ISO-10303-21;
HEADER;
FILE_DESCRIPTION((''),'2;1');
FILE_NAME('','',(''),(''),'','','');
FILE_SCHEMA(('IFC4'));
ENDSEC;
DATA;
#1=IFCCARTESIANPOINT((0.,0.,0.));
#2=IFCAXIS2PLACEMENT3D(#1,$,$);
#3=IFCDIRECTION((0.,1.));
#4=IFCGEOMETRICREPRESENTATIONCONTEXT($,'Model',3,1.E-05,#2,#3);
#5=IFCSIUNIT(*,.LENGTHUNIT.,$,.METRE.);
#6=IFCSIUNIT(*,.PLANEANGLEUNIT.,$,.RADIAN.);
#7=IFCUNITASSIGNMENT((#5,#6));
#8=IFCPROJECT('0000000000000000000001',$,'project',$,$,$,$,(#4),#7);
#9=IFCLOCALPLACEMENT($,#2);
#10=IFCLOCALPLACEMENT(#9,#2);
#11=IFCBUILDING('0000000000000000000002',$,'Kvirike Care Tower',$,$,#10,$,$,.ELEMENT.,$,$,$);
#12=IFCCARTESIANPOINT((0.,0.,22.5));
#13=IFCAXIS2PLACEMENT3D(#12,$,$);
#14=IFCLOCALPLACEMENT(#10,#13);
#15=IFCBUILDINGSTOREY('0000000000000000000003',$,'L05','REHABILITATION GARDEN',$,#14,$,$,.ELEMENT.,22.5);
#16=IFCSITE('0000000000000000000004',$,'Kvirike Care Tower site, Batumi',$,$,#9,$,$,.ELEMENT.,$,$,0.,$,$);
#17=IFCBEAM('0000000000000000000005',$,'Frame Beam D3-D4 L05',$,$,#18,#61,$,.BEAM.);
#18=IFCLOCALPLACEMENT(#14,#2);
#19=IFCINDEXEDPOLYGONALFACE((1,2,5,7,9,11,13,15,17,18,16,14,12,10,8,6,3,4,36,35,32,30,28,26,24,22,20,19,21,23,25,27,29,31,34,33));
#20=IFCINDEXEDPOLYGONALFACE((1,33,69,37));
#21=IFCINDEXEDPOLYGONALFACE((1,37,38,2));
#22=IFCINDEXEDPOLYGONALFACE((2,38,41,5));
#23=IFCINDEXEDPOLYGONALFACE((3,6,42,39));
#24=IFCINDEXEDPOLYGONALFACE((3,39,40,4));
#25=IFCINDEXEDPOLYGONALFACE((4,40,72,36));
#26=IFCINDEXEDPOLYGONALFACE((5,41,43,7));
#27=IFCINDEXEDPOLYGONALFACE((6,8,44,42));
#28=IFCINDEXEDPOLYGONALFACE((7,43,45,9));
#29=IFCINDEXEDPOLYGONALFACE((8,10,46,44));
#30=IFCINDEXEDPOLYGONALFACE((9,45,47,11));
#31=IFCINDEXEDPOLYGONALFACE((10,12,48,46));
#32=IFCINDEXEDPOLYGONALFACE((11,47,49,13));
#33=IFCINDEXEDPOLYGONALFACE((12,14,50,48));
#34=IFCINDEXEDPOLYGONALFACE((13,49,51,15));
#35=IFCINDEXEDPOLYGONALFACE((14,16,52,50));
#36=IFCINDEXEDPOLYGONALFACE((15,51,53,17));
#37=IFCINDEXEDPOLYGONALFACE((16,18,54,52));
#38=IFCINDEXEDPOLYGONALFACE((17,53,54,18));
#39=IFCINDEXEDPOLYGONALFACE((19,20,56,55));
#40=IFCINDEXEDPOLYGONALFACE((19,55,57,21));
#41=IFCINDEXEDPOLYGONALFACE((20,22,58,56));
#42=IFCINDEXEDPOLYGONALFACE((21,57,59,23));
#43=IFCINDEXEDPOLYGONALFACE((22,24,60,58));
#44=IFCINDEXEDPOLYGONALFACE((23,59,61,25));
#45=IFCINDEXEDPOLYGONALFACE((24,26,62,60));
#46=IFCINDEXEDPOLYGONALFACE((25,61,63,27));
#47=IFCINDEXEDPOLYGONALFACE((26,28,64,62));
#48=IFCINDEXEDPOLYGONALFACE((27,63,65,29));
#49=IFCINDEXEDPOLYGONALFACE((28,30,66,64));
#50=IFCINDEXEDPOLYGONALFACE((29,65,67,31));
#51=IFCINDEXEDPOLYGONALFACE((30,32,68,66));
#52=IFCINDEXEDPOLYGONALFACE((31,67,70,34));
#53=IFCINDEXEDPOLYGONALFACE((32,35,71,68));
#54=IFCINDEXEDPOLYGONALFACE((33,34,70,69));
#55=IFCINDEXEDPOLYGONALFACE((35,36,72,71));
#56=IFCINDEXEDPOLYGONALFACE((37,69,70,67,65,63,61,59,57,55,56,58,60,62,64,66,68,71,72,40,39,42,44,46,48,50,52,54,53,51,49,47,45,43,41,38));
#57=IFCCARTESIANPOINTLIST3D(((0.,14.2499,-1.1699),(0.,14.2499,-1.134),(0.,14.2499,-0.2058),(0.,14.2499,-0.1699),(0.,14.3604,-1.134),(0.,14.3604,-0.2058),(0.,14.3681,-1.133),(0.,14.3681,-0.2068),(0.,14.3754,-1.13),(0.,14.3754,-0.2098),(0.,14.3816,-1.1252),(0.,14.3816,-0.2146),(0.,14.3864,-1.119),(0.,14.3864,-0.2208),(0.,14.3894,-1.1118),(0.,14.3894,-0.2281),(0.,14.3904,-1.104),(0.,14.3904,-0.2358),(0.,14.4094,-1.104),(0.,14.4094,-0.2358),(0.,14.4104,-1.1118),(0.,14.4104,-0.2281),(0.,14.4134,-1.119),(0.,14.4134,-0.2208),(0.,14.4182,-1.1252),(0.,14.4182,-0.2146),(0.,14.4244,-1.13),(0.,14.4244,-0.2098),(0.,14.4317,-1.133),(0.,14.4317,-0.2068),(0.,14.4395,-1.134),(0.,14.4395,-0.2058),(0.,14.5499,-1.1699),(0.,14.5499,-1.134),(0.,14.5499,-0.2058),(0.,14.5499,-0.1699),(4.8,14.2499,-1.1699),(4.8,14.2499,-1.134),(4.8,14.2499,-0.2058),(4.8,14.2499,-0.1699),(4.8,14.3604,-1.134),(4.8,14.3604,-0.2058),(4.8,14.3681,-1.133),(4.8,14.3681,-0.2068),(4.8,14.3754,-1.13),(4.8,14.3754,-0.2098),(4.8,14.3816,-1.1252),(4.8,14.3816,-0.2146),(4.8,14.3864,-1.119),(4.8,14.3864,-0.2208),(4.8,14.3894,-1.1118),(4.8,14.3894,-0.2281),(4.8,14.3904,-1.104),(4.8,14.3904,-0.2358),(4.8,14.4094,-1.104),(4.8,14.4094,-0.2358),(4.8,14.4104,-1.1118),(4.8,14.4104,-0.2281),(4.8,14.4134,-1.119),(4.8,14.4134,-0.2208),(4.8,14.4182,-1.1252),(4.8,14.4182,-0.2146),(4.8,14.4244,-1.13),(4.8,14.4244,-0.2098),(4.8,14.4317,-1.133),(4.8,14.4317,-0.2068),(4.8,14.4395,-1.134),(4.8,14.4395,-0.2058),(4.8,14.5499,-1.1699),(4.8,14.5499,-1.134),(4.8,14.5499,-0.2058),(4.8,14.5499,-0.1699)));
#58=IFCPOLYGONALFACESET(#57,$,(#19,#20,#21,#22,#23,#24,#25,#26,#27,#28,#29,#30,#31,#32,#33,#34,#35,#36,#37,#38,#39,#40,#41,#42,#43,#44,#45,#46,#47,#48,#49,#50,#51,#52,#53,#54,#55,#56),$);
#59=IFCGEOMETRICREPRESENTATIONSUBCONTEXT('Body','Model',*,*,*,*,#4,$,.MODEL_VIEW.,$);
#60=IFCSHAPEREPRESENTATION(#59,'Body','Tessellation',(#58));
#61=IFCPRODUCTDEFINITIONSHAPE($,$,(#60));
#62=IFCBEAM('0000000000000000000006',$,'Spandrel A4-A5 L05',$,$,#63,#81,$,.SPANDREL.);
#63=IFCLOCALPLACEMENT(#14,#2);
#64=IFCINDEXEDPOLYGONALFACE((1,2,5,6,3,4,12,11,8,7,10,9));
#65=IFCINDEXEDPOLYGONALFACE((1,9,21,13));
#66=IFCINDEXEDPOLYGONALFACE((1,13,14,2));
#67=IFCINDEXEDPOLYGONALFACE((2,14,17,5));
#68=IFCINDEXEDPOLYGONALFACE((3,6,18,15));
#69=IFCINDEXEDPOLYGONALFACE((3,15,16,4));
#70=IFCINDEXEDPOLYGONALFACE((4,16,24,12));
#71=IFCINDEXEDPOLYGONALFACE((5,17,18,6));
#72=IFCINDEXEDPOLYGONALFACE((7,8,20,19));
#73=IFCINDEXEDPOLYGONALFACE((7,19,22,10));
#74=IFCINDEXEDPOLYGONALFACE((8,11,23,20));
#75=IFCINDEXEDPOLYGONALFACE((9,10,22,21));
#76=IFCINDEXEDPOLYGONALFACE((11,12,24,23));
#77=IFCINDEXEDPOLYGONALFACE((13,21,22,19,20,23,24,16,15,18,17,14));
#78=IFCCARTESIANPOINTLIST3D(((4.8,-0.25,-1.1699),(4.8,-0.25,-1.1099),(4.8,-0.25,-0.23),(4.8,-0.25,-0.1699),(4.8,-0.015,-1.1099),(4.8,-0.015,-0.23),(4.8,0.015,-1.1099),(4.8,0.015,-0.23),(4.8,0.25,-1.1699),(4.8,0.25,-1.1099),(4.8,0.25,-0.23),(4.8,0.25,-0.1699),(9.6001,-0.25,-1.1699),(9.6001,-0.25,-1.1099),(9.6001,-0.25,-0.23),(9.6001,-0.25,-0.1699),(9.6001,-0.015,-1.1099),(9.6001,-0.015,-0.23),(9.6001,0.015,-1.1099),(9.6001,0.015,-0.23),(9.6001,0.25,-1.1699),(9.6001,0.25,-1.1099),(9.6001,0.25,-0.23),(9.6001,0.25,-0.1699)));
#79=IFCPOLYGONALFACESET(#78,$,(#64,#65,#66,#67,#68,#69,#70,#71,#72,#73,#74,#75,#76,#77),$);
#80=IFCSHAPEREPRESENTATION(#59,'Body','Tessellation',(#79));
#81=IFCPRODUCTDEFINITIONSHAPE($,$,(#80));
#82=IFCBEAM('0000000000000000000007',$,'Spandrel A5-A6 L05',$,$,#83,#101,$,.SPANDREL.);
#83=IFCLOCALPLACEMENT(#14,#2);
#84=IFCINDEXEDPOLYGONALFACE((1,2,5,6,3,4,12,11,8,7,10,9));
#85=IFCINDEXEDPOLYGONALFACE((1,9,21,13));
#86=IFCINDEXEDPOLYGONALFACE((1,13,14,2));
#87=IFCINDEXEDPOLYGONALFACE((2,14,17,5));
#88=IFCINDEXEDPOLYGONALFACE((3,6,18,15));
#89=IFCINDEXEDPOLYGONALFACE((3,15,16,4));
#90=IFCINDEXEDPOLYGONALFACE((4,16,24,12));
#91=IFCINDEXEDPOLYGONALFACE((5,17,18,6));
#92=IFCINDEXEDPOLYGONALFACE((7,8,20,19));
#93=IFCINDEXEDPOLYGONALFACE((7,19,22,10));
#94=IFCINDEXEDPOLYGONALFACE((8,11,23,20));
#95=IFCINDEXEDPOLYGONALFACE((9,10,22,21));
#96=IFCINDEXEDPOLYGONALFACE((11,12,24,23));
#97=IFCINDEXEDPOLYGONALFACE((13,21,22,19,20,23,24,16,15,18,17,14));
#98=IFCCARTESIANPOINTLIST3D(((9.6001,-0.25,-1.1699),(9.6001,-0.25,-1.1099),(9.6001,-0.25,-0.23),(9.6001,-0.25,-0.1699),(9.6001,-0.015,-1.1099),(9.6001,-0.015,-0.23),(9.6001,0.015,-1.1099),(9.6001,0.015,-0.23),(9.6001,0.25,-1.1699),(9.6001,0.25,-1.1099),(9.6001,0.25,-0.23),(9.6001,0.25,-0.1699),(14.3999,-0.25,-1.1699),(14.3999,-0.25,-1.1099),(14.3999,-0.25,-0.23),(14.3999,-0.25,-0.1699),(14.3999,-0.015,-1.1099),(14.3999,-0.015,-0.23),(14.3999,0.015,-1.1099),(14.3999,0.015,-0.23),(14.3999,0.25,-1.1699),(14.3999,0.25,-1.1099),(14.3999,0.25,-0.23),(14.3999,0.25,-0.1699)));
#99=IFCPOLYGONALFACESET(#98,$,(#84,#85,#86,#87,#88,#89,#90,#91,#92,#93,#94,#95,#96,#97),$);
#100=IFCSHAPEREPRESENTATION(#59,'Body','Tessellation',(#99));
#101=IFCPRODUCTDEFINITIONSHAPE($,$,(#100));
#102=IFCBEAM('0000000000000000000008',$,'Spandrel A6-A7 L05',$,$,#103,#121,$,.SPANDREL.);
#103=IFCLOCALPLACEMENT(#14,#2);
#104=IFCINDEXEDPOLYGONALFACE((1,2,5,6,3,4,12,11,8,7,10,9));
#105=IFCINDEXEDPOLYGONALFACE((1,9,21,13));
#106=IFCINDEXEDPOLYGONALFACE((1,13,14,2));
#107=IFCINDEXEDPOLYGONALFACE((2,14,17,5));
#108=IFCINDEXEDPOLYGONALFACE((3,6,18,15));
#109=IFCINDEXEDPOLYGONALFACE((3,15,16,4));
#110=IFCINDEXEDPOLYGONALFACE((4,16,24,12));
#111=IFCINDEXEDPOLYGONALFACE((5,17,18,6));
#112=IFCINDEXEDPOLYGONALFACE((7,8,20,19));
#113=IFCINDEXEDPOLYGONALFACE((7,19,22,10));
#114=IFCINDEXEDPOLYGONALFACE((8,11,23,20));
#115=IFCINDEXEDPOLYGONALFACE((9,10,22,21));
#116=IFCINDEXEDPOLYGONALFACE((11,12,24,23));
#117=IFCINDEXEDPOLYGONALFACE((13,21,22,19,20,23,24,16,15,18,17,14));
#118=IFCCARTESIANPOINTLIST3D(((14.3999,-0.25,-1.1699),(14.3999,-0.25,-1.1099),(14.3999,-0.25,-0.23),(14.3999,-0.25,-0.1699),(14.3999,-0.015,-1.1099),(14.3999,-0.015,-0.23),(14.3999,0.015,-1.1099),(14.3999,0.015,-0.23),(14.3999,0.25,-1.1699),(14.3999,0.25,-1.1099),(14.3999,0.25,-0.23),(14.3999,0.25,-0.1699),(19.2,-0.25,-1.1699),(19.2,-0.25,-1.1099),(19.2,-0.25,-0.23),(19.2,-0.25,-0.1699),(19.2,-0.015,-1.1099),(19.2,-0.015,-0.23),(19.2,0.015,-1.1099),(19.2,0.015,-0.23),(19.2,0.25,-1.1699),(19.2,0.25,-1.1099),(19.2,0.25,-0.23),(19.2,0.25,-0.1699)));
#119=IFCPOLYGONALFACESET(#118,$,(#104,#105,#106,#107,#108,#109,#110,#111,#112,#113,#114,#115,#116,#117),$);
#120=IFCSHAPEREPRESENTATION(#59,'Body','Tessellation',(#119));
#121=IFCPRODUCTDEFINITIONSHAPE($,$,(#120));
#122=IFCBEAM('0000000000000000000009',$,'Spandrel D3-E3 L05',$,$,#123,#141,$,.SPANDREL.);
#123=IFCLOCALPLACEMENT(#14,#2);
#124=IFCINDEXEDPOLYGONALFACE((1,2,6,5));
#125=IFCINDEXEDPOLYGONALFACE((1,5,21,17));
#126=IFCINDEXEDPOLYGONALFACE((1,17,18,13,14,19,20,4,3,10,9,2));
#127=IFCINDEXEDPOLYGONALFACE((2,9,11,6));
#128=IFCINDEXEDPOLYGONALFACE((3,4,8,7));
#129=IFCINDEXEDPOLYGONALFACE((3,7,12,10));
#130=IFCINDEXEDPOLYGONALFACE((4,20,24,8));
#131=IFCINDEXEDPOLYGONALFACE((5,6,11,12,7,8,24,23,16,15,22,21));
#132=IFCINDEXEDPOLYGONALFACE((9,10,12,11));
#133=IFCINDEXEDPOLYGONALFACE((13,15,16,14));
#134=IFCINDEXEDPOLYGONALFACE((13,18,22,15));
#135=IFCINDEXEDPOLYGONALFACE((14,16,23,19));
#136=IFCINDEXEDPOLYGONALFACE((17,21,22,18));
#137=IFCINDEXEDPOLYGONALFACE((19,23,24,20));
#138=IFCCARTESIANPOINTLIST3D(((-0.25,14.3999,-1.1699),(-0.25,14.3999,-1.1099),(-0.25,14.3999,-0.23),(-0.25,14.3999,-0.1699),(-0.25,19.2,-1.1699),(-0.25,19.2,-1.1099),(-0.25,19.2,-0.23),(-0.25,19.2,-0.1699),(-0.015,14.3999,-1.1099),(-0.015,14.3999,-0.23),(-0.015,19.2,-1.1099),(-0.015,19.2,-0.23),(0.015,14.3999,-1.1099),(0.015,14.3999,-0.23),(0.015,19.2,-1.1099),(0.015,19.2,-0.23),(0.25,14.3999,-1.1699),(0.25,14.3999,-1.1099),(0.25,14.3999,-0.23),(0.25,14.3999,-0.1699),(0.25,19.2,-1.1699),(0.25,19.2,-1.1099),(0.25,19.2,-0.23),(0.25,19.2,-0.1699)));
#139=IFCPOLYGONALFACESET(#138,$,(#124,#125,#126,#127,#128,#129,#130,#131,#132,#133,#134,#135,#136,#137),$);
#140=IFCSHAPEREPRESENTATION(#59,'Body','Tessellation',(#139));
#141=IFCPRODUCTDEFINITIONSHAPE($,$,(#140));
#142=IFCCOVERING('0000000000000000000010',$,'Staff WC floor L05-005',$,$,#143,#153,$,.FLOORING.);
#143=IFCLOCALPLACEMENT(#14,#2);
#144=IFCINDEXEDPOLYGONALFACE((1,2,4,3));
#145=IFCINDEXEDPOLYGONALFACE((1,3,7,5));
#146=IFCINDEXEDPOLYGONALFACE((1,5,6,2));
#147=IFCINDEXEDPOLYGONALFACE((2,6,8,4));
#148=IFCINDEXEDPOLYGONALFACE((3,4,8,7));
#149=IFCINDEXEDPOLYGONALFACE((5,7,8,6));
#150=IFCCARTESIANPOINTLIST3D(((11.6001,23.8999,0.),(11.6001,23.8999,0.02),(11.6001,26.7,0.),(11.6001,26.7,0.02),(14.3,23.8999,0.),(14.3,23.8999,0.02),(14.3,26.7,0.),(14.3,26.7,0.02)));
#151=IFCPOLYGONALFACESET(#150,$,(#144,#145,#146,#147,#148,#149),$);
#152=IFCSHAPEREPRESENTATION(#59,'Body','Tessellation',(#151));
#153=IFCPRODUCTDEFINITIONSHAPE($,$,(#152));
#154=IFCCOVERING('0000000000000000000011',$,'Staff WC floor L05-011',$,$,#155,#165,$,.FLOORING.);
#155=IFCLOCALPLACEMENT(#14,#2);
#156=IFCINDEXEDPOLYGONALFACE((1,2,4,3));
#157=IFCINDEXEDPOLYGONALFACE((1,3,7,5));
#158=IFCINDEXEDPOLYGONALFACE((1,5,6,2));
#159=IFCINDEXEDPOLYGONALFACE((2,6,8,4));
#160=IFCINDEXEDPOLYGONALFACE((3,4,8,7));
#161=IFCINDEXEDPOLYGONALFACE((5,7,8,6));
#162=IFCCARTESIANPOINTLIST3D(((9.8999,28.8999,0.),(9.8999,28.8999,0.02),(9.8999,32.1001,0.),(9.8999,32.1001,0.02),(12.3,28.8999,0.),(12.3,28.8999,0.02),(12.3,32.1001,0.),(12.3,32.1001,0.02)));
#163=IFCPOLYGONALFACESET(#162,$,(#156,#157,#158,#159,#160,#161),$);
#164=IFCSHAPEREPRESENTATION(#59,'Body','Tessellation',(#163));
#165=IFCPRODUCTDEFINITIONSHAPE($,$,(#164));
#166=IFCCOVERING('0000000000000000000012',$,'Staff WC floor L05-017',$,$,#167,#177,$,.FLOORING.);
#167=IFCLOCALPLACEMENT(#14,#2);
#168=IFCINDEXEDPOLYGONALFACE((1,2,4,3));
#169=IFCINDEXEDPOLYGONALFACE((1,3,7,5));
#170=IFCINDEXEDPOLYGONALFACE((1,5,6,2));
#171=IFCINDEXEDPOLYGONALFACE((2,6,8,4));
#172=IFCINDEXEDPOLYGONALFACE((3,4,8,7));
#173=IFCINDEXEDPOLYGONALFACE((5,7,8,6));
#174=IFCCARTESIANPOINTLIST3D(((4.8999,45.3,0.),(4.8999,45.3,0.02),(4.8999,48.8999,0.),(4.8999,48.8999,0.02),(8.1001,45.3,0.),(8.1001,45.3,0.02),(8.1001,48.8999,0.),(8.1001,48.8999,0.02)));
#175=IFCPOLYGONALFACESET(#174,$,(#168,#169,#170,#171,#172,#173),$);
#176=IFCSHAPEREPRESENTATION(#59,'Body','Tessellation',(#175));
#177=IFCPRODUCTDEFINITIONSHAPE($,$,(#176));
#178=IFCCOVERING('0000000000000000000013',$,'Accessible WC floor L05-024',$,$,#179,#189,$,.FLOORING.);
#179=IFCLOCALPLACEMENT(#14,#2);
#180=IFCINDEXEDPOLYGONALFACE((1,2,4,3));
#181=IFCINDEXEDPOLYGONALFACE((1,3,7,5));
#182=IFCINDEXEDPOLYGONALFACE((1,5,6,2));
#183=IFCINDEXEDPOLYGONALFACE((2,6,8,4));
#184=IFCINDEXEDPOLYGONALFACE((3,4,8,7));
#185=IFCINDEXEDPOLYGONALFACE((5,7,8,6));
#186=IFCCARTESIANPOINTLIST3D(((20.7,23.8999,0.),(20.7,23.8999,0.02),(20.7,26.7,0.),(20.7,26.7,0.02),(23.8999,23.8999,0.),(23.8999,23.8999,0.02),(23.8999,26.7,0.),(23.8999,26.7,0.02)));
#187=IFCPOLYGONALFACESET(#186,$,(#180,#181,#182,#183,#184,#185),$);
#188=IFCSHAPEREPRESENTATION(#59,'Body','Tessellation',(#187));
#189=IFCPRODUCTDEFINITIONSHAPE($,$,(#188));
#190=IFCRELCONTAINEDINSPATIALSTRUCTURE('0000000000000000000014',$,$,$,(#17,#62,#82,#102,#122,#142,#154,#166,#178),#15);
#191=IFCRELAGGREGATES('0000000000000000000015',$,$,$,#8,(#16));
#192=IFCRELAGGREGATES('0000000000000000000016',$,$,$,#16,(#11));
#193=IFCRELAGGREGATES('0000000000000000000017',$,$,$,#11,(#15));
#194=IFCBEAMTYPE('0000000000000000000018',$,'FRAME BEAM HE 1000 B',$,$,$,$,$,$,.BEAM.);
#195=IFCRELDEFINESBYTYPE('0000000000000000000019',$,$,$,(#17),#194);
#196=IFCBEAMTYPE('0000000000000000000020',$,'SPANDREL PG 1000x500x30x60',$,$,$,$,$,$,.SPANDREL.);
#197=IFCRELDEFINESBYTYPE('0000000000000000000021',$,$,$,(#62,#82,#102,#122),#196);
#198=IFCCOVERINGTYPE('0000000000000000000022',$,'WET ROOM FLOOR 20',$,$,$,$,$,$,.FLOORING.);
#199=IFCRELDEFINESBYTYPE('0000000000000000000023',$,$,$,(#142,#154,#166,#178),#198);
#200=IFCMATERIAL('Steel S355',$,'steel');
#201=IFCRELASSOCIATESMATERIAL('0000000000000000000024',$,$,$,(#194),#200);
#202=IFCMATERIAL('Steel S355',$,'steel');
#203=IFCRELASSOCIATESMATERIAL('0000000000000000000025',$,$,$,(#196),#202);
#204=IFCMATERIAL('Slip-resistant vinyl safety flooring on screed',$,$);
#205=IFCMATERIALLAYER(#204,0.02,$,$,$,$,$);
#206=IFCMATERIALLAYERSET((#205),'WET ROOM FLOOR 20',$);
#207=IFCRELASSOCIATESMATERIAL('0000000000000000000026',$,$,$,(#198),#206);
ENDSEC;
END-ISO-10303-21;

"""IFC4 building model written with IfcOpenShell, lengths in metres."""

from ifc_helpers import new_model, si_unit, direction, frame, origin, origin_2d, place, context, subcontext, project, spatial, polyline, i_section, outline, extrude, material, layer, layer_set, material_profile, profile_set, type_object, element, save


model = new_model("IFC4")

# Units and contexts
model_context = context("Model", 3, precision=1e-05, world=origin(), true_north=direction((0.0, 1.0)))
body_context = subcontext(model_context, "Body", "Model", "MODEL_VIEW")
ifc_project = project(units=[si_unit("LENGTHUNIT", "METRE"), si_unit("PLANEANGLEUNIT", "RADIAN")], contexts=[model_context])

# Site, building, storey
site_placement = place(None, origin())
site = spatial("IfcSite", under=ifc_project, at=site_placement, Name="Kvirike Care Tower site, Batumi", CompositionType="ELEMENT", RefElevation=0.0)
building_placement = place(site_placement, origin())
building = spatial("IfcBuilding", under=site, at=building_placement, Name="Kvirike Care Tower", CompositionType="ELEMENT")
storey_placement = place(building_placement, frame((0.0, 0.0, 22.5)))
storey = spatial("IfcBuildingStorey", under=building, at=storey_placement, Name="L05", Description="REHABILITATION GARDEN", CompositionType="ELEMENT", Elevation=22.5)

# Beams
ifc_material_1 = material(Name="Steel S355", Category="steel")
ifc_material_profile_1 = material_profile(ifc_material_1, i_section(OverallWidth=0.3, OverallDepth=1.0, WebThickness=0.019, FlangeThickness=0.0359, FilletRadius=0.03, at=origin_2d()), Name="HE 1000 B")
ifc_profile_set_1 = profile_set([ifc_material_profile_1], Name="Steel S355")
beam_type_1 = type_object("IfcBeamType", Name="FRAME BEAM HE 1000 B", PredefinedType="BEAM", material=ifc_profile_set_1)
beam_1_placement = place(storey_placement, frame((0.0, 14.3999, -0.6699), z_axis=(1.0, 0.0, 0.0), x_axis=(0.0, 1.0, 0.0)))
element("IfcBeam", 1, at=beam_1_placement, inside=storey, type_object=beam_type_1, Name="Frame Beam D3-D4 L05", PredefinedType="BEAM", context=body_context, shape_type="SweptSolid", body=[
    extrude(i_section(OverallWidth=0.3, OverallDepth=1.0, WebThickness=0.019, FlangeThickness=0.0359, FilletRadius=0.03, at=origin_2d()), origin(), (0.0, 0.0, 1.0), 4.8),
])
ifc_material_2 = material(Name="Steel S355", Category="steel")
ifc_material_profile_2 = material_profile(ifc_material_2, i_section(OverallWidth=0.5, OverallDepth=1.0, WebThickness=0.03, FlangeThickness=0.0601, at=origin_2d()), Name="PG 1000x500x30x60")
ifc_profile_set_2 = profile_set([ifc_material_profile_2], Name="Steel S355")
beam_type_2 = type_object("IfcBeamType", Name="SPANDREL PG 1000x500x30x60", PredefinedType="SPANDREL", material=ifc_profile_set_2)
beam_2_placement = place(storey_placement, frame((4.8, 0.0, -0.6699), z_axis=(1.0, 0.0, 0.0), x_axis=(0.0, 1.0, 0.0)))
element("IfcBeam", 2, at=beam_2_placement, inside=storey, type_object=beam_type_2, Name="Spandrel A4-A5 L05", PredefinedType="SPANDREL", context=body_context, shape_type="SweptSolid", body=[
    extrude(i_section(OverallWidth=0.5, OverallDepth=1.0, WebThickness=0.03, FlangeThickness=0.0601, at=origin_2d()), origin(), (0.0, 0.0, 1.0), 4.8),
])
beam_3_placement = place(storey_placement, frame((9.6001, 0.0, -0.6699), z_axis=(1.0, 0.0, 0.0), x_axis=(0.0, 1.0, 0.0)))
element("IfcBeam", 3, at=beam_3_placement, inside=storey, type_object=beam_type_2, Name="Spandrel A5-A6 L05", PredefinedType="SPANDREL", context=body_context, shape_type="SweptSolid", body=[
    extrude(i_section(OverallWidth=0.5, OverallDepth=1.0, WebThickness=0.03, FlangeThickness=0.0601, at=origin_2d()), origin(), (0.0, 0.0, 1.0), 4.7998),
])
for number, where, z_axis, x_axis, name in (
    (4, (14.3999, 0.0, -0.6699), (1.0, 0.0, 0.0), (0.0, 1.0, 0.0), "Spandrel A6-A7 L05"),
    (5, (0.0, 14.3999, -0.6699), (0.0, 1.0, 0.0), (-1.0, 0.0, 0.0), "Spandrel D3-E3 L05"),
):
    element("IfcBeam", number, at=place(storey_placement, frame(where, z_axis=z_axis, x_axis=x_axis)), inside=storey, type_object=beam_type_2, Name=name, PredefinedType="SPANDREL", context=body_context, shape_type="SweptSolid", body=[
        extrude(i_section(OverallWidth=0.5, OverallDepth=1.0, WebThickness=0.03, FlangeThickness=0.0601, at=origin_2d()), origin(), (0.0, 0.0, 1.0), 4.8),
    ])

# Coverings
ifc_material_3 = material(Name="Slip-resistant vinyl safety flooring on screed")
ifc_layer_1 = layer(ifc_material_3, 0.02)
ifc_layer_set_1 = layer_set([ifc_layer_1], Name="WET ROOM FLOOR 20")
covering_type = type_object("IfcCoveringType", Name="WET ROOM FLOOR 20", PredefinedType="FLOORING", material=ifc_layer_set_1)
covering_1_placement = place(storey_placement, origin())
element("IfcCovering", 6, at=covering_1_placement, inside=storey, type_object=covering_type, Name="Staff WC floor L05-005", PredefinedType="FLOORING", context=body_context, shape_type="SweptSolid", body=[
    extrude(outline(polyline([(11.6001, 26.7), (14.3, 26.7), (14.3, 23.8999), (11.6001, 23.8999), (11.6001, 26.7)])), origin(), (0.0, 0.0, 1.0), 0.02),
])
covering_2_placement = place(storey_placement, origin())
element("IfcCovering", 7, at=covering_2_placement, inside=storey, type_object=covering_type, Name="Staff WC floor L05-011", PredefinedType="FLOORING", context=body_context, shape_type="SweptSolid", body=[
    extrude(outline(polyline([(12.3, 32.1001), (12.3, 28.8999), (9.8999, 28.8999), (9.8999, 32.1001), (12.3, 32.1001)])), origin(), (0.0, 0.0, 1.0), 0.02),
])
covering_3_placement = place(storey_placement, origin())
element("IfcCovering", 8, at=covering_3_placement, inside=storey, type_object=covering_type, Name="Staff WC floor L05-017", PredefinedType="FLOORING", context=body_context, shape_type="SweptSolid", body=[
    extrude(outline(polyline([(8.1001, 45.3), (4.8999, 45.3), (4.8999, 48.8999), (8.1001, 48.8999), (8.1001, 45.3)])), origin(), (0.0, 0.0, 1.0), 0.02),
])
covering_4_placement = place(storey_placement, origin())
element("IfcCovering", 9, at=covering_4_placement, inside=storey, type_object=covering_type, Name="Accessible WC floor L05-024", PredefinedType="FLOORING", context=body_context, shape_type="SweptSolid", body=[
    extrude(outline(polyline([(20.7, 26.7), (23.8999, 26.7), (23.8999, 23.8999), (20.7, 23.8999), (20.7, 26.7)])), origin(), (0.0, 0.0, 1.0), 0.02),
])

save(model, "model.ifc")
